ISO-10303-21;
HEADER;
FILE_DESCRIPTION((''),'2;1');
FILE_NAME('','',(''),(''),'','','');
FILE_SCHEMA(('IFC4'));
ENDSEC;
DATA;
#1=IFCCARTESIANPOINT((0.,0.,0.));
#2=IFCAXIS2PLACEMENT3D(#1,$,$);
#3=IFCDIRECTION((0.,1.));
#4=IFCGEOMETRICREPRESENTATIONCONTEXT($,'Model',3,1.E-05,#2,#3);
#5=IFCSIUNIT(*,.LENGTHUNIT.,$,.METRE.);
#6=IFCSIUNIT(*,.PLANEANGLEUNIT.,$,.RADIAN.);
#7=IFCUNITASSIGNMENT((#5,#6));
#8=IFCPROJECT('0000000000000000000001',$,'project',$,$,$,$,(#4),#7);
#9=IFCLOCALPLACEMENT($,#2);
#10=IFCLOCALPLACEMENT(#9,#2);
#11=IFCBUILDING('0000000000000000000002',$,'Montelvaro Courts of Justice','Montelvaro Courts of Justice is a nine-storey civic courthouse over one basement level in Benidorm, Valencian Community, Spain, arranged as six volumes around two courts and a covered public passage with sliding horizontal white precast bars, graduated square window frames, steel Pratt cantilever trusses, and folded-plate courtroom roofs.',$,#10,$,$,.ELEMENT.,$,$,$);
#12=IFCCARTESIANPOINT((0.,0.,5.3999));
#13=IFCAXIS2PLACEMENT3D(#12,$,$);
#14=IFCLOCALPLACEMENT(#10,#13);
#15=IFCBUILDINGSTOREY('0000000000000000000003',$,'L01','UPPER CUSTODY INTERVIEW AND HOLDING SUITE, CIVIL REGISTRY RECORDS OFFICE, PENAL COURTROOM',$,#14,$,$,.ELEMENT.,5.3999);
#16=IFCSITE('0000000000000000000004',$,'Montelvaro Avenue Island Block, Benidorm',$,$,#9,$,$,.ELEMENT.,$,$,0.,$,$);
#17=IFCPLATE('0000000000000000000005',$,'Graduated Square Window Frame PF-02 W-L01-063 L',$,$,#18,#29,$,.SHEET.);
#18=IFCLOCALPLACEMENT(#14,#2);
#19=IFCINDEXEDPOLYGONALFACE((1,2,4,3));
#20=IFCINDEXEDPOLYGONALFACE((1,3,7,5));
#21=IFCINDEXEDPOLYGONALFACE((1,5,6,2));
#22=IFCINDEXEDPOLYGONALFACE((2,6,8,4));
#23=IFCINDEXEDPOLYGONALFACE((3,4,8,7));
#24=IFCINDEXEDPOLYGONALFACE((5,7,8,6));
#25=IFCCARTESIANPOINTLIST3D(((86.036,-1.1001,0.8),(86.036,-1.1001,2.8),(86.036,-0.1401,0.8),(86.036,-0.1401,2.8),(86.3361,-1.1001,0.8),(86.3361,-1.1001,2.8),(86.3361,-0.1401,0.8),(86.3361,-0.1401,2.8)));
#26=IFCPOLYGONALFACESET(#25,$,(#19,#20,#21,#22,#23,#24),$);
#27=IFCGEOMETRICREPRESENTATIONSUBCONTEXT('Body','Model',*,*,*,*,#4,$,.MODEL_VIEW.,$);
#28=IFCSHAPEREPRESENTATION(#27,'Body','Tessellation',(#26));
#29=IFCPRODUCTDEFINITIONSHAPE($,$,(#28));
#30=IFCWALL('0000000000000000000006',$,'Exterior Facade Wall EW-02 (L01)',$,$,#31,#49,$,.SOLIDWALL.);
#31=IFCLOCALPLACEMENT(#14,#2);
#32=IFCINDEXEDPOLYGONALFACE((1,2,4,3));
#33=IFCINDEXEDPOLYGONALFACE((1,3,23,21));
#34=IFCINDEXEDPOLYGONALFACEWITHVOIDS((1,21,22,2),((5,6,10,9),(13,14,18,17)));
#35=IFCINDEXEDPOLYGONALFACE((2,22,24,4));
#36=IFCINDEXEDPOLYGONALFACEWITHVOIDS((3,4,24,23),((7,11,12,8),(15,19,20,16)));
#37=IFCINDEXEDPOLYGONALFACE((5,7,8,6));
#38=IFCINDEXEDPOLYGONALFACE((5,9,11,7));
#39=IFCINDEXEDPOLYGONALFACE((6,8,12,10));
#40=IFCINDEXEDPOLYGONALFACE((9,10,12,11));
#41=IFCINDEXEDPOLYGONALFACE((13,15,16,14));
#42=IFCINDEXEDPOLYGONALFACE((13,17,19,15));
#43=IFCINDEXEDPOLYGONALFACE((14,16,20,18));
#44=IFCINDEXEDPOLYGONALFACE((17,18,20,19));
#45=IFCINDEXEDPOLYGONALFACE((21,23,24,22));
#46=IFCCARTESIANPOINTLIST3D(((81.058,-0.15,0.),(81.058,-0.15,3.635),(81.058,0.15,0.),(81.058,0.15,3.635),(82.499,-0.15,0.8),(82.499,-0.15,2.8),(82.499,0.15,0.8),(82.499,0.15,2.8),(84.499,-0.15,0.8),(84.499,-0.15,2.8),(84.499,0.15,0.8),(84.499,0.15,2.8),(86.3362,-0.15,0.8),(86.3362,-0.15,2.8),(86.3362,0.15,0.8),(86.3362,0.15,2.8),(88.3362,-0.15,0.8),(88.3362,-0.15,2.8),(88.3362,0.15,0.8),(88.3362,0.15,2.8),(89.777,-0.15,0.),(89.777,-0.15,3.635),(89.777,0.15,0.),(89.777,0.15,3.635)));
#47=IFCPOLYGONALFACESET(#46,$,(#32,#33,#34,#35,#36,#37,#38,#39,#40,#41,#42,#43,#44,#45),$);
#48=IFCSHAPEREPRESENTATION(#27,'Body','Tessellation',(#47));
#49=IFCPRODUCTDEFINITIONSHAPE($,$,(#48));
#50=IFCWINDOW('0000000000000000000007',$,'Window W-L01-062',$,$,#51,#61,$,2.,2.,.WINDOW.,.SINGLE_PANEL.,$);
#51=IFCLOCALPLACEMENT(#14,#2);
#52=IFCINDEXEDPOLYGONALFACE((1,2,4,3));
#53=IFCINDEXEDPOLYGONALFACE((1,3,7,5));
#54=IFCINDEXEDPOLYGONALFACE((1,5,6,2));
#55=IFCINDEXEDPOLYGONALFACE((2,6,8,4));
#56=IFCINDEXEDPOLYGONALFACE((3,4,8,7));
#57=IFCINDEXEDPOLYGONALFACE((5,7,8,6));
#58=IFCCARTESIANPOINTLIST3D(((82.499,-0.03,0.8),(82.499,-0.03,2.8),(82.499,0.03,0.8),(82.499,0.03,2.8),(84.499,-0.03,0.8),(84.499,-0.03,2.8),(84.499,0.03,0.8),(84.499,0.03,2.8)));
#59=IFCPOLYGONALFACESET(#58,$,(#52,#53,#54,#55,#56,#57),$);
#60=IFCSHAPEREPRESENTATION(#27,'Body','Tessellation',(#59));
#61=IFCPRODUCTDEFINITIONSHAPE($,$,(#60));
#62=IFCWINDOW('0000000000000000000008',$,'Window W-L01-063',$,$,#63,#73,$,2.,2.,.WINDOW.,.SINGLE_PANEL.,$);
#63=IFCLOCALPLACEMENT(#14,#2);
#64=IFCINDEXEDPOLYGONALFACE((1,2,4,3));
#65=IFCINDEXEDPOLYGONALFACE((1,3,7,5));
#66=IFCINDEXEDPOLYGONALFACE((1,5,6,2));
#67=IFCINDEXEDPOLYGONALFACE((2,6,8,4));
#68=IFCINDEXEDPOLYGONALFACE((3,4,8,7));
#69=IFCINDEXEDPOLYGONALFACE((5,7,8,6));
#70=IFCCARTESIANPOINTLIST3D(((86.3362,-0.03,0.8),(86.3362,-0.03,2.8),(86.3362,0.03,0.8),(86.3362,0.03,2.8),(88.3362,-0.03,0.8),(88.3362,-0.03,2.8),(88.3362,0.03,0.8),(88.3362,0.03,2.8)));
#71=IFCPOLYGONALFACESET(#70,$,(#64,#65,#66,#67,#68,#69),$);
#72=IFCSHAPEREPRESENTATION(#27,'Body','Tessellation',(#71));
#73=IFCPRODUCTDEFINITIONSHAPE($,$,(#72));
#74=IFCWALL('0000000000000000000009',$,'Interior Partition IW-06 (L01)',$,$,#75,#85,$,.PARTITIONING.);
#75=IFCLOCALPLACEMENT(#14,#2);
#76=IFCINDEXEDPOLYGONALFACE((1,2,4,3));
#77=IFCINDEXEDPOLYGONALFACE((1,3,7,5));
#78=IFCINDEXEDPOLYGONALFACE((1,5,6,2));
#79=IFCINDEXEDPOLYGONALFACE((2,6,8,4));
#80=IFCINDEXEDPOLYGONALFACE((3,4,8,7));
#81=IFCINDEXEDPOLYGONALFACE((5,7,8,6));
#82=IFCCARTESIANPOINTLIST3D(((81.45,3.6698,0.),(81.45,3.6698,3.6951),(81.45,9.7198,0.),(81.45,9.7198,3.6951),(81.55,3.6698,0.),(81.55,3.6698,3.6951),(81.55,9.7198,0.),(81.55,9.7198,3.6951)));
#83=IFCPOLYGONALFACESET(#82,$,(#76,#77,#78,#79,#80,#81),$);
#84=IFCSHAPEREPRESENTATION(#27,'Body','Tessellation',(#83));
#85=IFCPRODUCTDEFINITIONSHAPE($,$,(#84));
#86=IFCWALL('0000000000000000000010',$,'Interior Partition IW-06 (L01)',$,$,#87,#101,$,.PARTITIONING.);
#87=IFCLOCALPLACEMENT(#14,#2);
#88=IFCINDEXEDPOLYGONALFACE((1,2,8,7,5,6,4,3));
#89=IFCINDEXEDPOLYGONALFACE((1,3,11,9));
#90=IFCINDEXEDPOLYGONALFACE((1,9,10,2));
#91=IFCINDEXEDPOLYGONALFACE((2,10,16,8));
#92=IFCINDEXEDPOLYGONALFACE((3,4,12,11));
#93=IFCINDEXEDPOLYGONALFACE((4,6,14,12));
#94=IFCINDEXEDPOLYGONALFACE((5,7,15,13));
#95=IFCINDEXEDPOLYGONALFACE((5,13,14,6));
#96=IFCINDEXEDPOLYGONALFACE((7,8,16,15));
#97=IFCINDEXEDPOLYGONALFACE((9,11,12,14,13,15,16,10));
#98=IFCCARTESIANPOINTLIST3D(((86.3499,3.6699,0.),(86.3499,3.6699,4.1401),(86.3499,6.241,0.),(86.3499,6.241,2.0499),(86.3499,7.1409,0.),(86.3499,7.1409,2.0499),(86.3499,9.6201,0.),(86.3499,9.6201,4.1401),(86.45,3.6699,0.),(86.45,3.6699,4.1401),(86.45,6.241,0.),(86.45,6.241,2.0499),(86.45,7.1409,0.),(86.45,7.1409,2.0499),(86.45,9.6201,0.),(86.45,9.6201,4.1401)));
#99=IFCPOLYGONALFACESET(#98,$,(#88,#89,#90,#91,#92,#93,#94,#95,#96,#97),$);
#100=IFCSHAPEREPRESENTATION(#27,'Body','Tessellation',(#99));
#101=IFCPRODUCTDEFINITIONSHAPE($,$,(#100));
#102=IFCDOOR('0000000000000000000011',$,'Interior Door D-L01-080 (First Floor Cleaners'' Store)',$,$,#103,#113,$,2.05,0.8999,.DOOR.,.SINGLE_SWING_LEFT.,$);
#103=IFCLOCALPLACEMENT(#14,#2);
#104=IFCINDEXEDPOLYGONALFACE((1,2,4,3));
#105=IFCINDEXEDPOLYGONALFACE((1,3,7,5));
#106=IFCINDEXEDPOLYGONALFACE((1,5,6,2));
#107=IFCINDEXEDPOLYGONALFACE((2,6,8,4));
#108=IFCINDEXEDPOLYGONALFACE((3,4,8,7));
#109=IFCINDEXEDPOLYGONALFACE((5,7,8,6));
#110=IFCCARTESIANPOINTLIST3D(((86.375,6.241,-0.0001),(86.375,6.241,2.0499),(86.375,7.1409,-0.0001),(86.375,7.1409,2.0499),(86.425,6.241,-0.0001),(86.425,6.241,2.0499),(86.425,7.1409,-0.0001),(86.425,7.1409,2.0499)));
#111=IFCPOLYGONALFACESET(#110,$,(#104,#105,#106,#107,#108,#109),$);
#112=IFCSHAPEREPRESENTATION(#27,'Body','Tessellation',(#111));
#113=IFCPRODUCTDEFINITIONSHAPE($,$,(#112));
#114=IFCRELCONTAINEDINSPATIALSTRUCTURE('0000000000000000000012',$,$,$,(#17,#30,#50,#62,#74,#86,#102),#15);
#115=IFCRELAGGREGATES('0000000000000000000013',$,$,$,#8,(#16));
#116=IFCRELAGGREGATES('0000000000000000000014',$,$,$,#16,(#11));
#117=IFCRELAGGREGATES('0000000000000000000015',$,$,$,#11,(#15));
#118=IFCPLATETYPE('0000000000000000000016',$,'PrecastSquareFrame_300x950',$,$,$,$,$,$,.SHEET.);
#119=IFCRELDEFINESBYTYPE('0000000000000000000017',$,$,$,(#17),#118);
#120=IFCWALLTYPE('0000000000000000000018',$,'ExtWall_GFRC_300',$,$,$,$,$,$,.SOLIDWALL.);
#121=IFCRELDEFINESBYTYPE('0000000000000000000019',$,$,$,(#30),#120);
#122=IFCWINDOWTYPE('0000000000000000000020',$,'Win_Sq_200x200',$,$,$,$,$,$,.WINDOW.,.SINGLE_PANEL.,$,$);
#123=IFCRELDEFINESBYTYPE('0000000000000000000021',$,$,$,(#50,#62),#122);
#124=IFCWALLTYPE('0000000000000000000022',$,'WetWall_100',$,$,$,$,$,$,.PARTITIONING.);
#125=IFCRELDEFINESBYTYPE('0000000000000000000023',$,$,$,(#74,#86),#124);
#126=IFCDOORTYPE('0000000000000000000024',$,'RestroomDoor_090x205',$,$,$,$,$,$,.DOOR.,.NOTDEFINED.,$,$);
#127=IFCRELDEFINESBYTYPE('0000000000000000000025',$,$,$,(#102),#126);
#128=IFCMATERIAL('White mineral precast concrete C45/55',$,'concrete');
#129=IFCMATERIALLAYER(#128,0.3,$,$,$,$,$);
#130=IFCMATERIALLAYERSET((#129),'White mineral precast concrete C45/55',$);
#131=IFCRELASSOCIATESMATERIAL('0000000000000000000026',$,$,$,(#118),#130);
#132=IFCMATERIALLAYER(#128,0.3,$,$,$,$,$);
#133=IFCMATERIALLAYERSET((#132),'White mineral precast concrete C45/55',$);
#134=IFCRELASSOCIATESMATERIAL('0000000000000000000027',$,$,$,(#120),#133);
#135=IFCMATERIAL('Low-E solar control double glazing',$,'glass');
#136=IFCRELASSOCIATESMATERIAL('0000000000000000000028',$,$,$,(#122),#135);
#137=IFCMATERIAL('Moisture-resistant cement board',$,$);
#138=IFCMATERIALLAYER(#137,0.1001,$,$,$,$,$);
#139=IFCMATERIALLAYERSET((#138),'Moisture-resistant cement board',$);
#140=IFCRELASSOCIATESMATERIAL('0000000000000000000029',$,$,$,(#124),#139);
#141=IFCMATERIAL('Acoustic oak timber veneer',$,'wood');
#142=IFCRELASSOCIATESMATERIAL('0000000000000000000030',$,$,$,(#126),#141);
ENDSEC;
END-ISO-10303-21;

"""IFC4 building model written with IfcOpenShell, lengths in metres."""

from ifc_helpers import new_model, si_unit, direction, frame, frame_2d, origin, origin_2d, place, context, subcontext, project, spatial, rectangle, extrude, material, layer, layer_set, type_object, element, fill, save


model = new_model("IFC4")

# Units and contexts
model_context = context("Model", 3, precision=1e-05, world=origin(), true_north=direction((0.0, 1.0)))
body_context = subcontext(model_context, "Body", "Model", "MODEL_VIEW")
ifc_project = project(units=[si_unit("LENGTHUNIT", "METRE"), si_unit("PLANEANGLEUNIT", "RADIAN")], contexts=[model_context])

# Site, building, storey
site_placement = place(None, origin())
site = spatial("IfcSite", under=ifc_project, at=site_placement, Name="Montelvaro Avenue Island Block, Benidorm", CompositionType="ELEMENT", RefElevation=0.0)
building_placement = place(site_placement, origin())
building = spatial("IfcBuilding", under=site, at=building_placement, Name="Montelvaro Courts of Justice", Description="Montelvaro Courts of Justice is a nine-storey civic courthouse over one basement level in Benidorm, Valencian Community, Spain, arranged as six volumes around two courts and a covered public passage with sliding horizontal white precast bars, graduated square window frames, steel Pratt cantilever trusses, and folded-plate courtroom roofs.", CompositionType="ELEMENT")
storey_placement = place(building_placement, frame((0.0, 0.0, 5.3999)))
storey = spatial("IfcBuildingStorey", under=building, at=storey_placement, Name="L01", Description="UPPER CUSTODY INTERVIEW AND HOLDING SUITE, CIVIL REGISTRY RECORDS OFFICE, PENAL COURTROOM", CompositionType="ELEMENT", Elevation=5.3999)

# Plate
ifc_material_1 = material(Name="White mineral precast concrete C45/55", Category="concrete")
ifc_layer_1 = layer(ifc_material_1, 0.3)
ifc_layer_set_1 = layer_set([ifc_layer_1], Name="White mineral precast concrete C45/55")
plate_type = type_object("IfcPlateType", Name="PrecastSquareFrame_300x950", PredefinedType="SHEET", material=ifc_layer_set_1)
plate_placement = place(storey_placement, frame((86.186, -0.6201, 0.8), z_axis=(0.0, 0.0, 1.0), x_axis=(1.0, 0.0, 0.0)))
element("IfcPlate", 1, at=plate_placement, inside=storey, type_object=plate_type, Name="Graduated Square Window Frame PF-02 W-L01-063 L", PredefinedType="SHEET", context=body_context, shape_type="SweptSolid", body=[
    extrude(rectangle(XDim=0.3, YDim=0.96, at=origin_2d()), origin(), (0.0, 0.0, 1.0), 2.0),
])

# Wall, openings, windows
ifc_layer_2 = layer(ifc_material_1, 0.3)
ifc_layer_set_2 = layer_set([ifc_layer_2], Name="White mineral precast concrete C45/55")
wall_type_1 = type_object("IfcWallType", Name="ExtWall_GFRC_300", PredefinedType="SOLIDWALL", material=ifc_layer_set_2)
wall_1_placement = place(storey_placement, frame((81.0581, 0.0, 0.0), z_axis=(0.0, 0.0, 1.0), x_axis=(1.0, 0.0, 0.0)))
wall_1 = element("IfcWall", 2, at=wall_1_placement, inside=storey, type_object=wall_type_1, Name="Exterior Facade Wall EW-02 (L01)", PredefinedType="SOLIDWALL", context=body_context, shape_type="SweptSolid", body=[
    extrude(rectangle(XDim=8.719, YDim=0.3, at=frame_2d((4.3594, 0.0))), origin(), (0.0, 0.0, 1.0), 3.635),
])
opening_1_placement = place(wall_1_placement, frame((1.4409, 0.0, 0.8)))
opening_1 = element("IfcOpeningElement", 3, at=opening_1_placement, cuts=wall_1, PredefinedType="OPENING", context=body_context, shape_type="SweptSolid", body=[
    extrude(rectangle(XDim=2.0, YDim=2.0, at=frame_2d((1.0, 1.0))), frame((0.0, 0.165, 0.0), z_axis=(0.0, -1.0, 0.0), x_axis=(1.0, 0.0, 0.0)), (0.0, 0.0, 1.0), 0.3298),
])
opening_2_placement = place(wall_1_placement, frame((5.2781, 0.0, 0.8)))
opening_2 = element("IfcOpeningElement", 4, at=opening_2_placement, cuts=wall_1, PredefinedType="OPENING", context=body_context, shape_type="SweptSolid", body=[
    extrude(rectangle(XDim=2.0, YDim=2.0, at=frame_2d((1.0, 1.0))), frame((0.0, 0.165, 0.0), z_axis=(0.0, -1.0, 0.0), x_axis=(1.0, 0.0, 0.0)), (0.0, 0.0, 1.0), 0.3298),
])
ifc_material_2 = material(Name="Low-E solar control double glazing", Category="glass")
window_type = type_object("IfcWindowType", Name="Win_Sq_200x200", PartitioningType="SINGLE_PANEL", PredefinedType="WINDOW", material=ifc_material_2)
window_1_placement = place(opening_1_placement, origin())
window_1 = element("IfcWindow", 5, at=window_1_placement, inside=storey, type_object=window_type, Name="Window W-L01-062", OverallHeight=2.0, OverallWidth=2.0, PartitioningType="SINGLE_PANEL", PredefinedType="WINDOW", context=body_context, shape_type="SweptSolid", body=[
    extrude(rectangle(XDim=2.0, YDim=2.0, at=frame_2d((1.0, 1.0))), frame((0.0, 0.03, 0.0), z_axis=(0.0, -1.0, 0.0), x_axis=(1.0, 0.0, 0.0)), (0.0, 0.0, 1.0), 0.0601),
])
fill(opening_1, window_1)
window_2_placement = place(opening_2_placement, origin())
window_2 = element("IfcWindow", 6, at=window_2_placement, inside=storey, type_object=window_type, Name="Window W-L01-063", OverallHeight=2.0, OverallWidth=2.0, PartitioningType="SINGLE_PANEL", PredefinedType="WINDOW", context=body_context, shape_type="SweptSolid", body=[
    extrude(rectangle(XDim=2.0, YDim=2.0, at=frame_2d((1.0, 1.0))), frame((0.0, 0.03, 0.0), z_axis=(0.0, -1.0, 0.0), x_axis=(1.0, 0.0, 0.0)), (0.0, 0.0, 1.0), 0.0601),
])
fill(opening_2, window_2)

# Wall
ifc_material_3 = material(Name="Moisture-resistant cement board")
ifc_layer_3 = layer(ifc_material_3, 0.1001)
ifc_layer_set_3 = layer_set([ifc_layer_3], Name="Moisture-resistant cement board")
wall_type_2 = type_object("IfcWallType", Name="WetWall_100", PredefinedType="PARTITIONING", material=ifc_layer_set_3)
wall_2_placement = place(storey_placement, frame((81.5, 3.6699, 0.0), z_axis=(0.0, 0.0, 1.0), x_axis=(0.0, 1.0, 0.0)))
element("IfcWall", 7, at=wall_2_placement, inside=storey, type_object=wall_type_2, Name="Interior Partition IW-06 (L01)", PredefinedType="PARTITIONING", context=body_context, shape_type="SweptSolid", body=[
    extrude(rectangle(XDim=6.05, YDim=0.1001, at=frame_2d((3.0249, 0.0))), origin(), (0.0, 0.0, 1.0), 3.6951),
])

# Wall, opening, door
wall_3_placement = place(storey_placement, frame((86.3999, 3.6699, 0.0), z_axis=(0.0, 0.0, 1.0), x_axis=(0.0, 1.0, 0.0)))
wall_3 = element("IfcWall", 8, at=wall_3_placement, inside=storey, type_object=wall_type_2, Name="Interior Partition IW-06 (L01)", PredefinedType="PARTITIONING", context=body_context, shape_type="SweptSolid", body=[
    extrude(rectangle(XDim=5.9502, YDim=0.1001, at=frame_2d((2.9751, 0.0))), origin(), (0.0, 0.0, 1.0), 4.1401),
])
opening_3_placement = place(wall_3_placement, frame((2.571, 0.0, 0.0)))
opening_3 = element("IfcOpeningElement", 9, at=opening_3_placement, cuts=wall_3, PredefinedType="OPENING", context=body_context, shape_type="SweptSolid", body=[
    extrude(rectangle(XDim=0.8999, YDim=2.05, at=frame_2d((0.45, 1.0249))), frame((0.0, 0.0649, 0.0), z_axis=(0.0, -1.0, 0.0), x_axis=(1.0, 0.0, 0.0)), (0.0, 0.0, 1.0), 0.1299),
])
ifc_material_4 = material(Name="Acoustic oak timber veneer", Category="wood")
door_type = type_object("IfcDoorType", Name="RestroomDoor_090x205", OperationType="NOTDEFINED", PredefinedType="DOOR", material=ifc_material_4)
door_placement = place(opening_3_placement, origin())
door = element("IfcDoor", 10, at=door_placement, inside=storey, type_object=door_type, Name="Interior Door D-L01-080 (First Floor Cleaners' Store)", OperationType="SINGLE_SWING_LEFT", OverallHeight=2.05, OverallWidth=0.8999, PredefinedType="DOOR", context=body_context, shape_type="SweptSolid", body=[
    extrude(rectangle(XDim=0.8999, YDim=2.05, at=frame_2d((0.45, 1.0249))), frame((0.0, 0.0249, 0.0), z_axis=(0.0, -1.0, 0.0), x_axis=(1.0, 0.0, 0.0)), (0.0, 0.0, 1.0), 0.05),
])
fill(opening_3, door)

save(model, "model.ifc")
